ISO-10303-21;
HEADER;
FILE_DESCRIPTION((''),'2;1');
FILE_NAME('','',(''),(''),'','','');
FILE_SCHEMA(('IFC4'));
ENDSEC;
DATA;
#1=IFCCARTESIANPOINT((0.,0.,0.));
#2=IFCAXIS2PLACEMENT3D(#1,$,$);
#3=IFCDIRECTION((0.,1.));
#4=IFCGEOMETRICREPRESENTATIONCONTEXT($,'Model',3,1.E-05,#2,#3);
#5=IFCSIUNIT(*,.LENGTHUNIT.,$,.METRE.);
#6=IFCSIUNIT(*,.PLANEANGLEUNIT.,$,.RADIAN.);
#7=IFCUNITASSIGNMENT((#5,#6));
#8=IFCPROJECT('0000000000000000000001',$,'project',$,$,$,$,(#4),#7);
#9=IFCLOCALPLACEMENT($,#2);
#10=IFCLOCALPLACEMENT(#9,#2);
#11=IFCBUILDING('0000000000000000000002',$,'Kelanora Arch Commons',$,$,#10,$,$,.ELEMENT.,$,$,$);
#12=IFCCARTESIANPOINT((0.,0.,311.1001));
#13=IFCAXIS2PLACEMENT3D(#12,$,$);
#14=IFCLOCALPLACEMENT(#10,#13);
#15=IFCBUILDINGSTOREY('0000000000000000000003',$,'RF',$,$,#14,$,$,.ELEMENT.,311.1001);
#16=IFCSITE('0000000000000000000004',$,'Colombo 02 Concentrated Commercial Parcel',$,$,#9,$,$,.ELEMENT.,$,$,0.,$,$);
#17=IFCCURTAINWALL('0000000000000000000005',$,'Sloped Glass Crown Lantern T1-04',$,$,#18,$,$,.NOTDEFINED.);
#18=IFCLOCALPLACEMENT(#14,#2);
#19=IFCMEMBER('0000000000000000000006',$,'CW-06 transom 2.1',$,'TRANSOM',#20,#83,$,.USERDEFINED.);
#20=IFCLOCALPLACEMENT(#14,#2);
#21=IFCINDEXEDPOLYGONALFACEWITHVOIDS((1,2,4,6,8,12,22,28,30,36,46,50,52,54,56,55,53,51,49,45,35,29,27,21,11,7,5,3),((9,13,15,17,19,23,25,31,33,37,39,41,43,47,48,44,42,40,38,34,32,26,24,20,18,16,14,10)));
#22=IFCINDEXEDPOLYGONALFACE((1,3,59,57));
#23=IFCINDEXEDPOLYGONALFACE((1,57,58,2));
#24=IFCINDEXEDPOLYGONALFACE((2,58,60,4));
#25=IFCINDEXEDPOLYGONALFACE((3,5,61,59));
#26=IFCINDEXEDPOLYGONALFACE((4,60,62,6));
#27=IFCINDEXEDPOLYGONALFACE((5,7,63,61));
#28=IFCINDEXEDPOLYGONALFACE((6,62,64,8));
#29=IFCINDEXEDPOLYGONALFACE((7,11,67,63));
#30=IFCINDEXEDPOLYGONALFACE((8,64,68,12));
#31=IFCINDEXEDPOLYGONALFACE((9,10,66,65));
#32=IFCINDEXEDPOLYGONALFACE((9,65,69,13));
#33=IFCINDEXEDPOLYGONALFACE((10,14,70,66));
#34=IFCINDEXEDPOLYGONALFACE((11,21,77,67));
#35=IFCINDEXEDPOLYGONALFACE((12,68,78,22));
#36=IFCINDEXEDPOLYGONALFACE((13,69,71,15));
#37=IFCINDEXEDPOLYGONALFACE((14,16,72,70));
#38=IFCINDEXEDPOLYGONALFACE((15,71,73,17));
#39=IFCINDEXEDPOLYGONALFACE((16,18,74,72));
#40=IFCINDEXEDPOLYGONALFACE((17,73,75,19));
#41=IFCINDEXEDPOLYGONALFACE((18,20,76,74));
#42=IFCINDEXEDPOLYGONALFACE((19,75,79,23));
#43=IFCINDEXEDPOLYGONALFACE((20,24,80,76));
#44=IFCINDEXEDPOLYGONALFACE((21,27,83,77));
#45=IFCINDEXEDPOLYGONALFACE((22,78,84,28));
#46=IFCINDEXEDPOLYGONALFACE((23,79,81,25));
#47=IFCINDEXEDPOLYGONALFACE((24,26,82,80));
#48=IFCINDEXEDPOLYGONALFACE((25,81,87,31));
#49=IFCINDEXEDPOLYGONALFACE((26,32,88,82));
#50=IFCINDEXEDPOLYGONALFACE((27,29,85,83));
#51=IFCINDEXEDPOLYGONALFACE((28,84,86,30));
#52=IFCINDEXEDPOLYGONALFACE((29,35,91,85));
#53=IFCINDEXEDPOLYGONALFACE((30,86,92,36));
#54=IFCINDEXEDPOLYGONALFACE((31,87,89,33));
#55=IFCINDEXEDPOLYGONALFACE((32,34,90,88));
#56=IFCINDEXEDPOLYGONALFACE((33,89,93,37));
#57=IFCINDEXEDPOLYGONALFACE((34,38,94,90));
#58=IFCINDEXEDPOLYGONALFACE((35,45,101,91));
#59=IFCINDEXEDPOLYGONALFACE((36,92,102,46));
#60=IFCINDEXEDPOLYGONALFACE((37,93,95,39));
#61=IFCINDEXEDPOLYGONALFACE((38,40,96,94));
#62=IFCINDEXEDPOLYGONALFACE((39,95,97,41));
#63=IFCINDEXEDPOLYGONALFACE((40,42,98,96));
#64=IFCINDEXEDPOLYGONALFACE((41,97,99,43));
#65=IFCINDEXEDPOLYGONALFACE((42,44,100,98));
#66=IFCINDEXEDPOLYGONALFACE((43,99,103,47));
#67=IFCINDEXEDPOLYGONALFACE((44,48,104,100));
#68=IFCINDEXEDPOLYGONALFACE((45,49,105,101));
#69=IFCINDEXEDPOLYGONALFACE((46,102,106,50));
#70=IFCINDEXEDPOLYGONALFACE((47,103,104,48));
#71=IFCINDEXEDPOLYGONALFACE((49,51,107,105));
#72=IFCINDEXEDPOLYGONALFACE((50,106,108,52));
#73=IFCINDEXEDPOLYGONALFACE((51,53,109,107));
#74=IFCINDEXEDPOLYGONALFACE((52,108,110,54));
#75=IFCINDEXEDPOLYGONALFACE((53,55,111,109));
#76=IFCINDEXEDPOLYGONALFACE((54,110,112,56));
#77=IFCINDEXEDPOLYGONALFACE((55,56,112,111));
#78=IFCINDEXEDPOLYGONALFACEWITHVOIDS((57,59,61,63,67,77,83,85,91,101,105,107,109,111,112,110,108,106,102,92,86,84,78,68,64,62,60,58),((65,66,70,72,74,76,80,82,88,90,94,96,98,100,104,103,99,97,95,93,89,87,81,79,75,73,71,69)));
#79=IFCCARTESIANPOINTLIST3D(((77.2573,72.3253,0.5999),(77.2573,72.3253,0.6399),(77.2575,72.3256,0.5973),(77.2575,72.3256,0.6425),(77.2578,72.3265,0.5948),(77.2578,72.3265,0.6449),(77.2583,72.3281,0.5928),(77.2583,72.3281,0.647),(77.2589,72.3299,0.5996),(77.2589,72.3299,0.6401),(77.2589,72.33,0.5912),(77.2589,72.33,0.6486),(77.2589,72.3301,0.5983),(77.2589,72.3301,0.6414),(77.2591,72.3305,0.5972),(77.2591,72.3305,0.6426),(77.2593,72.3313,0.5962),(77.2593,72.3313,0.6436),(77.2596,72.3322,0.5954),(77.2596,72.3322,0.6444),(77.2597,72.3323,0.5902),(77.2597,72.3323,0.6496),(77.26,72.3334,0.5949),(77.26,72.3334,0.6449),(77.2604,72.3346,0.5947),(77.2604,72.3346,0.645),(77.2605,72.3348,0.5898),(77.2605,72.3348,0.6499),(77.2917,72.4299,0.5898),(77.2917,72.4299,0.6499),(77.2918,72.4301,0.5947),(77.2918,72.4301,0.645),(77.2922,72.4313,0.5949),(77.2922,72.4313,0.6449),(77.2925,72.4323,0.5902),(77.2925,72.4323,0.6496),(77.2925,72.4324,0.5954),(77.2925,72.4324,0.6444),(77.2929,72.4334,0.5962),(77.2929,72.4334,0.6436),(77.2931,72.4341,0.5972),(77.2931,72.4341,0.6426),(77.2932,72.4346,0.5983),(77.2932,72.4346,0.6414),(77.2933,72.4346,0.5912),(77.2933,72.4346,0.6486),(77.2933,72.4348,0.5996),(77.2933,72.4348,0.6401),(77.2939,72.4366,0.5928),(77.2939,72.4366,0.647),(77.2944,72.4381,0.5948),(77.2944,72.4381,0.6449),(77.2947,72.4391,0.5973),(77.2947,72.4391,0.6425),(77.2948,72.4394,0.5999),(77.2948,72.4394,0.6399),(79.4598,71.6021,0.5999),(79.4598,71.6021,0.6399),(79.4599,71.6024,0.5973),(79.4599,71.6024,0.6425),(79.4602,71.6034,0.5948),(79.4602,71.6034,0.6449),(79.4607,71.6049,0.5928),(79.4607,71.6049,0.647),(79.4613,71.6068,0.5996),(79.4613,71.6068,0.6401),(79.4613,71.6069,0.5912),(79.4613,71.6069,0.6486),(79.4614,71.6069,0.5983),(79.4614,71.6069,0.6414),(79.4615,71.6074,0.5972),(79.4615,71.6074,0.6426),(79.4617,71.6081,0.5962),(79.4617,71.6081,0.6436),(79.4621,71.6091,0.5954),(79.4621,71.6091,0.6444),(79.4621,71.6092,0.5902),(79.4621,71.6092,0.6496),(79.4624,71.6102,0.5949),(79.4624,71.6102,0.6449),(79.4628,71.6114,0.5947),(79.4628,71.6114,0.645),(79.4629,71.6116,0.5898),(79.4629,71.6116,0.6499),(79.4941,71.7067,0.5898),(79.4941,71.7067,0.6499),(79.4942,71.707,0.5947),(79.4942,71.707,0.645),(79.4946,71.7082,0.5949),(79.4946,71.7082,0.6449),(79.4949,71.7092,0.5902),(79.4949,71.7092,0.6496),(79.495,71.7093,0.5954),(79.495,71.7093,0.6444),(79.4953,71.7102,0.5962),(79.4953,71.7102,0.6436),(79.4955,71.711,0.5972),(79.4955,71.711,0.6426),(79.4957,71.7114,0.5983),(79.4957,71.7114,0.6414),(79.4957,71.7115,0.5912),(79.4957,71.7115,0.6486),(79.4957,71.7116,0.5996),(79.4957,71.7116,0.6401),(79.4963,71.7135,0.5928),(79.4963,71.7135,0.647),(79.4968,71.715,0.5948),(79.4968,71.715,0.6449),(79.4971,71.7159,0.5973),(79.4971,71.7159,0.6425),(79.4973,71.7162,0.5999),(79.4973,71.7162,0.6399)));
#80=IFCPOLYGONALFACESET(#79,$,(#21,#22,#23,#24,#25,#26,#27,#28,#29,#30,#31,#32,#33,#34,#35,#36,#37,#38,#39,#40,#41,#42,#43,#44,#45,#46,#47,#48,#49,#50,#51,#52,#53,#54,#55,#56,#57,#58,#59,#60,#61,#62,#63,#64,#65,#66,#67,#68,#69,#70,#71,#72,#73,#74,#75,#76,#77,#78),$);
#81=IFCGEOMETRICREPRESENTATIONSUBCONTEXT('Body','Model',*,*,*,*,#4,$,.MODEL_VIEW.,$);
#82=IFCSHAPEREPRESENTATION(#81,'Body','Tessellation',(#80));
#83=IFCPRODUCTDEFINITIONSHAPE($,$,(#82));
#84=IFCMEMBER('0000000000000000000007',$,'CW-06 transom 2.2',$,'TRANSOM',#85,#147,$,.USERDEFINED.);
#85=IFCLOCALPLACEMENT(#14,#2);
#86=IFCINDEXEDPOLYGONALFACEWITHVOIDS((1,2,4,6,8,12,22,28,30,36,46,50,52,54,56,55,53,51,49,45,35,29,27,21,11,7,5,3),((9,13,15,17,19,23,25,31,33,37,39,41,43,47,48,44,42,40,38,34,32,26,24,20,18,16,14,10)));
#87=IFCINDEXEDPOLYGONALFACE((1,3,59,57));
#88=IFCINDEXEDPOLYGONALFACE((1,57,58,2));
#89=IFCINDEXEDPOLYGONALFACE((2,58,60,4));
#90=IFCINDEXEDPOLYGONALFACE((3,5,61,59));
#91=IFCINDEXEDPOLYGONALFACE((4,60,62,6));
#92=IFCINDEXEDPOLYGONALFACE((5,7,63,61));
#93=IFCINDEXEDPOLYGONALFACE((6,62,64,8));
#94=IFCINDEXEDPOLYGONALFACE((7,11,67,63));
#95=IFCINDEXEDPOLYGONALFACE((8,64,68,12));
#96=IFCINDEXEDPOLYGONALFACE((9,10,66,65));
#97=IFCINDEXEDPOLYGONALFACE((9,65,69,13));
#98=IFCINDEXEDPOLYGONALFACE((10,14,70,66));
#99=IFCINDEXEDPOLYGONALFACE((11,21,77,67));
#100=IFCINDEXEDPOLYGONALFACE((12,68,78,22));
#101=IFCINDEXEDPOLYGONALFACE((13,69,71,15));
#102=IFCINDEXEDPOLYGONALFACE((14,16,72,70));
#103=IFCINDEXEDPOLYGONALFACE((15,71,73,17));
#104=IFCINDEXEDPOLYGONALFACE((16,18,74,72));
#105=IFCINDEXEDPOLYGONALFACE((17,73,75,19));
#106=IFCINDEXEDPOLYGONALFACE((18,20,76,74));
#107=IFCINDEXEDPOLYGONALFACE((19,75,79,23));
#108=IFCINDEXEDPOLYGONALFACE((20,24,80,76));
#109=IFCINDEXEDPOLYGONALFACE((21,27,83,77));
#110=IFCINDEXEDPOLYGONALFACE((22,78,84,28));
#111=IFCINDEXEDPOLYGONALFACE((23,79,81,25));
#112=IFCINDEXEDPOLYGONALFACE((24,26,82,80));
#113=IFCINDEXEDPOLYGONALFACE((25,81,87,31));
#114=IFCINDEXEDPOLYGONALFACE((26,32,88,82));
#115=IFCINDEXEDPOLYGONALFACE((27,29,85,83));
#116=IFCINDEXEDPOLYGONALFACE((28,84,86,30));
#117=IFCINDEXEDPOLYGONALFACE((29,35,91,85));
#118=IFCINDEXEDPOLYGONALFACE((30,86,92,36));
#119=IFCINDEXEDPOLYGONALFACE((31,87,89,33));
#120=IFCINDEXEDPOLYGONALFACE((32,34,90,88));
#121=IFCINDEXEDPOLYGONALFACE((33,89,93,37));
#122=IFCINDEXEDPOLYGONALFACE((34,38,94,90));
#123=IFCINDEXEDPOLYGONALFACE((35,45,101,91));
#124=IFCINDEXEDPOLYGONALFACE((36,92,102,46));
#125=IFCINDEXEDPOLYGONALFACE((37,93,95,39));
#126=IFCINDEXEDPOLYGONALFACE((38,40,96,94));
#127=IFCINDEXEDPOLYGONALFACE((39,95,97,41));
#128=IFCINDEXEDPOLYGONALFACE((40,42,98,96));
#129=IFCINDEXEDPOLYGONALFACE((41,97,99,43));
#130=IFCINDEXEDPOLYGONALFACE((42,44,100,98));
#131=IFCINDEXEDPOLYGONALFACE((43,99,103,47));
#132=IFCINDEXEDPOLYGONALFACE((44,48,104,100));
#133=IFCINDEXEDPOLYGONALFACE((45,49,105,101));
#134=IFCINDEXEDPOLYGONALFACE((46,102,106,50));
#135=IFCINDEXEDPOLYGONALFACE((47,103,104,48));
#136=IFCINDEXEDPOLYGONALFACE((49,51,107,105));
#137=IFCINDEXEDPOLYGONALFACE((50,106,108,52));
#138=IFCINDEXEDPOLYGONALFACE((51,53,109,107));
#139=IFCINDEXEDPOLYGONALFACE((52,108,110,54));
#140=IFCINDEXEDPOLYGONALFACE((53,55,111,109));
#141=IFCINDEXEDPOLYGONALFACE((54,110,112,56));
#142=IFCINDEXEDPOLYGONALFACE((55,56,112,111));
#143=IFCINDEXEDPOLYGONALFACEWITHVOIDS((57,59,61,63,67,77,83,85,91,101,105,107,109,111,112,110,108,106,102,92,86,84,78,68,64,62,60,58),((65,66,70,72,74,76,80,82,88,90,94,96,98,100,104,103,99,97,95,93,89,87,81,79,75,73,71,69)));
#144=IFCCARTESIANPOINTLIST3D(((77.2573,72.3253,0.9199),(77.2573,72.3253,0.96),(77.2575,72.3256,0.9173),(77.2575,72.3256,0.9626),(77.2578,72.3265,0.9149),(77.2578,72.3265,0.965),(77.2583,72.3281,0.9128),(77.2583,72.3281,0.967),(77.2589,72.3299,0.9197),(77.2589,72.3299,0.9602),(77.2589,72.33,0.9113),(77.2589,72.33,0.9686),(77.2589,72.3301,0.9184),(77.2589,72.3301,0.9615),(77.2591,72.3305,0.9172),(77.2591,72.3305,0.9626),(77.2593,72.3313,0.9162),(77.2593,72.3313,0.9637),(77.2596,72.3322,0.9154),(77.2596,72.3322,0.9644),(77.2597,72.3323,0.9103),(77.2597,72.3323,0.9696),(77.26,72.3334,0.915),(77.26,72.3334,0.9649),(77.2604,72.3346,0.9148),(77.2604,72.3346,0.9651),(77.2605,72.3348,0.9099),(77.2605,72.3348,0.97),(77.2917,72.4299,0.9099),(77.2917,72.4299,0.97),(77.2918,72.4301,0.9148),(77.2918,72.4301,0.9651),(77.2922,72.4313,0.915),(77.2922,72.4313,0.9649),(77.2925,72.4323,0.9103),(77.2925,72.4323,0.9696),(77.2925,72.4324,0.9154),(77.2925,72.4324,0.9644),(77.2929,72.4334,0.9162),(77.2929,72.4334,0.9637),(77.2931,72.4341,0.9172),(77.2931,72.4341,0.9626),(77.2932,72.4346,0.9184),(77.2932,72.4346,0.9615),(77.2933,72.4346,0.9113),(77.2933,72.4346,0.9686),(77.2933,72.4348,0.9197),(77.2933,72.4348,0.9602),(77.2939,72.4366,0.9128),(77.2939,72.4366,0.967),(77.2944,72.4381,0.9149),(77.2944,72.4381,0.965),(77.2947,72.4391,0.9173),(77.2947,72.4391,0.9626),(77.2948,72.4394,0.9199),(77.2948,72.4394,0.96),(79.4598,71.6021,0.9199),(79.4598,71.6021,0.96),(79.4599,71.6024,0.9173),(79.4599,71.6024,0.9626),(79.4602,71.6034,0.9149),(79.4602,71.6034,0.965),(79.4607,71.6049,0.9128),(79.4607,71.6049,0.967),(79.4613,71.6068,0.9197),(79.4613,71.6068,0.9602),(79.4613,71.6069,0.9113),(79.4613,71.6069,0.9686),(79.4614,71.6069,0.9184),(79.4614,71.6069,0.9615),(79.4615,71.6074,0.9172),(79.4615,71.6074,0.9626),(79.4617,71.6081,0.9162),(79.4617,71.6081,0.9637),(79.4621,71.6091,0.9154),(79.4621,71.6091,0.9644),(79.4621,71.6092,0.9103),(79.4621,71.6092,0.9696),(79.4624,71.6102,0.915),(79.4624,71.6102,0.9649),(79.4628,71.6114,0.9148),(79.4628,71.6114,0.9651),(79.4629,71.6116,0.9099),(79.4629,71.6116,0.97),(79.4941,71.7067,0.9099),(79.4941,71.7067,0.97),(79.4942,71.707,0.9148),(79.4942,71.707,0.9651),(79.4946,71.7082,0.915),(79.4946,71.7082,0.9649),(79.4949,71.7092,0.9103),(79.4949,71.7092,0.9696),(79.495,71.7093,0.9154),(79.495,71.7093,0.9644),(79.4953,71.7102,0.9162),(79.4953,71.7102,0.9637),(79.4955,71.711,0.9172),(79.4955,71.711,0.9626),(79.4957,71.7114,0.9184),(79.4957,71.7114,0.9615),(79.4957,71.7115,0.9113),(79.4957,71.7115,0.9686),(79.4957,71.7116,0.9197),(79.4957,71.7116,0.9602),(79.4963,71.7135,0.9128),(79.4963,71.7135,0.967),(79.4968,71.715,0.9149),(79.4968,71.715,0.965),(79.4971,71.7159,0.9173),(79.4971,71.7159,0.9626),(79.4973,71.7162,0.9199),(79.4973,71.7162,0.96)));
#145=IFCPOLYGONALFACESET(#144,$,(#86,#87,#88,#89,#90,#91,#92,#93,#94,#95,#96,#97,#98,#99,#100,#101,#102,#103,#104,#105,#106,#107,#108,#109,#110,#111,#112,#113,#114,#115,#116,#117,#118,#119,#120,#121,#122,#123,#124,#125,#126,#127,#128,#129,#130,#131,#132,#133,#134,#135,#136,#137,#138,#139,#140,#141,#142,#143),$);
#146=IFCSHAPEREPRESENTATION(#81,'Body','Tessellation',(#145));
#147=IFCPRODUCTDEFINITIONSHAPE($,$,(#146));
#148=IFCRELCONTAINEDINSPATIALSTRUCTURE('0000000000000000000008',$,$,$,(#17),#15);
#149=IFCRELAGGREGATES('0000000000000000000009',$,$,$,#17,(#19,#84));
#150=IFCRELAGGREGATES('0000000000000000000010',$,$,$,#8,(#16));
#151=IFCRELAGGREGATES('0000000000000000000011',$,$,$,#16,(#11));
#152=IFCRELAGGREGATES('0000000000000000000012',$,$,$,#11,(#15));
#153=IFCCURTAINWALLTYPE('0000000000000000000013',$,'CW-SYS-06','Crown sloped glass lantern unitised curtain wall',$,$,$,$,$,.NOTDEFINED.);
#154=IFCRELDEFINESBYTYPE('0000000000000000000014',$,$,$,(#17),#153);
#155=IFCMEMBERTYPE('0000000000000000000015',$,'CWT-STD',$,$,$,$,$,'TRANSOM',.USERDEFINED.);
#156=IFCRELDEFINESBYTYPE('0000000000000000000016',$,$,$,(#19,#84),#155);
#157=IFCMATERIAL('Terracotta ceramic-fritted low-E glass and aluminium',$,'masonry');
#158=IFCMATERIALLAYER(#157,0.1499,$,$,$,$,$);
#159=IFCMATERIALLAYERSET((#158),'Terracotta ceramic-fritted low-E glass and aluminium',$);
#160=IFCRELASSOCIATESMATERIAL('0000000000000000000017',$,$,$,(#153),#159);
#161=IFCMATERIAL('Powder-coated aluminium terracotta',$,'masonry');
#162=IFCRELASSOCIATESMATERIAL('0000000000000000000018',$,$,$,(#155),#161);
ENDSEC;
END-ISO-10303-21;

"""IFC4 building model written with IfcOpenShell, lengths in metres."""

from ifc_helpers import new_model, si_unit, direction, frame, origin, origin_2d, place, context, subcontext, project, spatial, hollow_rectangle, extrude, material, layer, layer_set, material_profile, profile_set, type_object, element, aggregate, save


model = new_model("IFC4")

# Units and contexts
model_context = context("Model", 3, precision=1e-05, world=origin(), true_north=direction((0.0, 1.0)))
body_context = subcontext(model_context, "Body", "Model", "MODEL_VIEW")
ifc_project = project(units=[si_unit("LENGTHUNIT", "METRE"), si_unit("PLANEANGLEUNIT", "RADIAN")], contexts=[model_context])

# Site, building, storey
site_placement = place(None, origin())
site = spatial("IfcSite", under=ifc_project, at=site_placement, Name="Colombo 02 Concentrated Commercial Parcel", CompositionType="ELEMENT", RefElevation=0.0)
building_placement = place(site_placement, origin())
building = spatial("IfcBuilding", under=site, at=building_placement, Name="Kelanora Arch Commons", CompositionType="ELEMENT")
storey_placement = place(building_placement, frame((0.0, 0.0, 311.1001)))
storey = spatial("IfcBuildingStorey", under=building, at=storey_placement, Name="RF", CompositionType="ELEMENT", Elevation=311.1001)

# Shared definitions
ifc_material_1 = material(Name="Terracotta ceramic-fritted low-E glass and aluminium", Category="masonry")
ifc_layer_1 = layer(ifc_material_1, 0.1499)
ifc_layer_set_1 = layer_set([ifc_layer_1], Name="Terracotta ceramic-fritted low-E glass and aluminium")
curtain_wall_type = type_object("IfcCurtainWallType", Name="CW-SYS-06", Description="Crown sloped glass lantern unitised curtain wall", PredefinedType="NOTDEFINED", material=ifc_layer_set_1)
ifc_material_2 = material(Name="Powder-coated aluminium terracotta", Category="masonry")

# Curtain wall
curtain_wall_1_placement = place(storey_placement, origin())
curtain_wall_1 = element("IfcCurtainWall", 1, at=curtain_wall_1_placement, inside=storey, type_object=curtain_wall_type, Name="Sloped Glass Crown Lantern T1-04", PredefinedType="NOTDEFINED")

# Members
ifc_material_profile_1 = material_profile(ifc_material_2, hollow_rectangle(XDim=0.1201, YDim=0.0601, WallThickness=0.0049, InnerFilletRadius=0.0049, OuterFilletRadius=0.01, at=origin_2d()), Name="CWT120x60")
ifc_profile_set_1 = profile_set([ifc_material_profile_1], Name="Powder-coated aluminium terracotta")
member_type_1 = type_object("IfcMemberType", Name="CWT-STD", ElementType="TRANSOM", PredefinedType="USERDEFINED", material=ifc_profile_set_1)
member_1_placement = place(storey_placement, frame((79.4785, 71.6592, 0.6199), z_axis=(-0.950096, 0.311959, 0.0), x_axis=(-0.311959, -0.950096, 0.0)))
member_1 = element("IfcMember", 2, at=member_1_placement, type_object=member_type_1, Name="CW-06 transom 2.1", ObjectType="TRANSOM", PredefinedType="USERDEFINED", context=body_context, shape_type="SweptSolid", body=[
    extrude(hollow_rectangle(XDim=0.1201, YDim=0.0601, WallThickness=0.0049, InnerFilletRadius=0.0049, OuterFilletRadius=0.01, at=origin_2d()), origin(), (0.0, 0.0, 1.0), 2.3181),
])
member_2_placement = place(storey_placement, frame((79.4785, 71.6592, 0.9399), z_axis=(-0.950096, 0.311959, 0.0), x_axis=(-0.311959, -0.950096, 0.0)))
member_2 = element("IfcMember", 3, at=member_2_placement, type_object=member_type_1, Name="CW-06 transom 2.2", ObjectType="TRANSOM", PredefinedType="USERDEFINED", context=body_context, shape_type="SweptSolid", body=[
    extrude(hollow_rectangle(XDim=0.1201, YDim=0.0601, WallThickness=0.0049, InnerFilletRadius=0.0049, OuterFilletRadius=0.01, at=origin_2d()), origin(), (0.0, 0.0, 1.0), 2.3181),
])

aggregate(curtain_wall_1, [member_1, member_2])

save(model, "model.ifc")
